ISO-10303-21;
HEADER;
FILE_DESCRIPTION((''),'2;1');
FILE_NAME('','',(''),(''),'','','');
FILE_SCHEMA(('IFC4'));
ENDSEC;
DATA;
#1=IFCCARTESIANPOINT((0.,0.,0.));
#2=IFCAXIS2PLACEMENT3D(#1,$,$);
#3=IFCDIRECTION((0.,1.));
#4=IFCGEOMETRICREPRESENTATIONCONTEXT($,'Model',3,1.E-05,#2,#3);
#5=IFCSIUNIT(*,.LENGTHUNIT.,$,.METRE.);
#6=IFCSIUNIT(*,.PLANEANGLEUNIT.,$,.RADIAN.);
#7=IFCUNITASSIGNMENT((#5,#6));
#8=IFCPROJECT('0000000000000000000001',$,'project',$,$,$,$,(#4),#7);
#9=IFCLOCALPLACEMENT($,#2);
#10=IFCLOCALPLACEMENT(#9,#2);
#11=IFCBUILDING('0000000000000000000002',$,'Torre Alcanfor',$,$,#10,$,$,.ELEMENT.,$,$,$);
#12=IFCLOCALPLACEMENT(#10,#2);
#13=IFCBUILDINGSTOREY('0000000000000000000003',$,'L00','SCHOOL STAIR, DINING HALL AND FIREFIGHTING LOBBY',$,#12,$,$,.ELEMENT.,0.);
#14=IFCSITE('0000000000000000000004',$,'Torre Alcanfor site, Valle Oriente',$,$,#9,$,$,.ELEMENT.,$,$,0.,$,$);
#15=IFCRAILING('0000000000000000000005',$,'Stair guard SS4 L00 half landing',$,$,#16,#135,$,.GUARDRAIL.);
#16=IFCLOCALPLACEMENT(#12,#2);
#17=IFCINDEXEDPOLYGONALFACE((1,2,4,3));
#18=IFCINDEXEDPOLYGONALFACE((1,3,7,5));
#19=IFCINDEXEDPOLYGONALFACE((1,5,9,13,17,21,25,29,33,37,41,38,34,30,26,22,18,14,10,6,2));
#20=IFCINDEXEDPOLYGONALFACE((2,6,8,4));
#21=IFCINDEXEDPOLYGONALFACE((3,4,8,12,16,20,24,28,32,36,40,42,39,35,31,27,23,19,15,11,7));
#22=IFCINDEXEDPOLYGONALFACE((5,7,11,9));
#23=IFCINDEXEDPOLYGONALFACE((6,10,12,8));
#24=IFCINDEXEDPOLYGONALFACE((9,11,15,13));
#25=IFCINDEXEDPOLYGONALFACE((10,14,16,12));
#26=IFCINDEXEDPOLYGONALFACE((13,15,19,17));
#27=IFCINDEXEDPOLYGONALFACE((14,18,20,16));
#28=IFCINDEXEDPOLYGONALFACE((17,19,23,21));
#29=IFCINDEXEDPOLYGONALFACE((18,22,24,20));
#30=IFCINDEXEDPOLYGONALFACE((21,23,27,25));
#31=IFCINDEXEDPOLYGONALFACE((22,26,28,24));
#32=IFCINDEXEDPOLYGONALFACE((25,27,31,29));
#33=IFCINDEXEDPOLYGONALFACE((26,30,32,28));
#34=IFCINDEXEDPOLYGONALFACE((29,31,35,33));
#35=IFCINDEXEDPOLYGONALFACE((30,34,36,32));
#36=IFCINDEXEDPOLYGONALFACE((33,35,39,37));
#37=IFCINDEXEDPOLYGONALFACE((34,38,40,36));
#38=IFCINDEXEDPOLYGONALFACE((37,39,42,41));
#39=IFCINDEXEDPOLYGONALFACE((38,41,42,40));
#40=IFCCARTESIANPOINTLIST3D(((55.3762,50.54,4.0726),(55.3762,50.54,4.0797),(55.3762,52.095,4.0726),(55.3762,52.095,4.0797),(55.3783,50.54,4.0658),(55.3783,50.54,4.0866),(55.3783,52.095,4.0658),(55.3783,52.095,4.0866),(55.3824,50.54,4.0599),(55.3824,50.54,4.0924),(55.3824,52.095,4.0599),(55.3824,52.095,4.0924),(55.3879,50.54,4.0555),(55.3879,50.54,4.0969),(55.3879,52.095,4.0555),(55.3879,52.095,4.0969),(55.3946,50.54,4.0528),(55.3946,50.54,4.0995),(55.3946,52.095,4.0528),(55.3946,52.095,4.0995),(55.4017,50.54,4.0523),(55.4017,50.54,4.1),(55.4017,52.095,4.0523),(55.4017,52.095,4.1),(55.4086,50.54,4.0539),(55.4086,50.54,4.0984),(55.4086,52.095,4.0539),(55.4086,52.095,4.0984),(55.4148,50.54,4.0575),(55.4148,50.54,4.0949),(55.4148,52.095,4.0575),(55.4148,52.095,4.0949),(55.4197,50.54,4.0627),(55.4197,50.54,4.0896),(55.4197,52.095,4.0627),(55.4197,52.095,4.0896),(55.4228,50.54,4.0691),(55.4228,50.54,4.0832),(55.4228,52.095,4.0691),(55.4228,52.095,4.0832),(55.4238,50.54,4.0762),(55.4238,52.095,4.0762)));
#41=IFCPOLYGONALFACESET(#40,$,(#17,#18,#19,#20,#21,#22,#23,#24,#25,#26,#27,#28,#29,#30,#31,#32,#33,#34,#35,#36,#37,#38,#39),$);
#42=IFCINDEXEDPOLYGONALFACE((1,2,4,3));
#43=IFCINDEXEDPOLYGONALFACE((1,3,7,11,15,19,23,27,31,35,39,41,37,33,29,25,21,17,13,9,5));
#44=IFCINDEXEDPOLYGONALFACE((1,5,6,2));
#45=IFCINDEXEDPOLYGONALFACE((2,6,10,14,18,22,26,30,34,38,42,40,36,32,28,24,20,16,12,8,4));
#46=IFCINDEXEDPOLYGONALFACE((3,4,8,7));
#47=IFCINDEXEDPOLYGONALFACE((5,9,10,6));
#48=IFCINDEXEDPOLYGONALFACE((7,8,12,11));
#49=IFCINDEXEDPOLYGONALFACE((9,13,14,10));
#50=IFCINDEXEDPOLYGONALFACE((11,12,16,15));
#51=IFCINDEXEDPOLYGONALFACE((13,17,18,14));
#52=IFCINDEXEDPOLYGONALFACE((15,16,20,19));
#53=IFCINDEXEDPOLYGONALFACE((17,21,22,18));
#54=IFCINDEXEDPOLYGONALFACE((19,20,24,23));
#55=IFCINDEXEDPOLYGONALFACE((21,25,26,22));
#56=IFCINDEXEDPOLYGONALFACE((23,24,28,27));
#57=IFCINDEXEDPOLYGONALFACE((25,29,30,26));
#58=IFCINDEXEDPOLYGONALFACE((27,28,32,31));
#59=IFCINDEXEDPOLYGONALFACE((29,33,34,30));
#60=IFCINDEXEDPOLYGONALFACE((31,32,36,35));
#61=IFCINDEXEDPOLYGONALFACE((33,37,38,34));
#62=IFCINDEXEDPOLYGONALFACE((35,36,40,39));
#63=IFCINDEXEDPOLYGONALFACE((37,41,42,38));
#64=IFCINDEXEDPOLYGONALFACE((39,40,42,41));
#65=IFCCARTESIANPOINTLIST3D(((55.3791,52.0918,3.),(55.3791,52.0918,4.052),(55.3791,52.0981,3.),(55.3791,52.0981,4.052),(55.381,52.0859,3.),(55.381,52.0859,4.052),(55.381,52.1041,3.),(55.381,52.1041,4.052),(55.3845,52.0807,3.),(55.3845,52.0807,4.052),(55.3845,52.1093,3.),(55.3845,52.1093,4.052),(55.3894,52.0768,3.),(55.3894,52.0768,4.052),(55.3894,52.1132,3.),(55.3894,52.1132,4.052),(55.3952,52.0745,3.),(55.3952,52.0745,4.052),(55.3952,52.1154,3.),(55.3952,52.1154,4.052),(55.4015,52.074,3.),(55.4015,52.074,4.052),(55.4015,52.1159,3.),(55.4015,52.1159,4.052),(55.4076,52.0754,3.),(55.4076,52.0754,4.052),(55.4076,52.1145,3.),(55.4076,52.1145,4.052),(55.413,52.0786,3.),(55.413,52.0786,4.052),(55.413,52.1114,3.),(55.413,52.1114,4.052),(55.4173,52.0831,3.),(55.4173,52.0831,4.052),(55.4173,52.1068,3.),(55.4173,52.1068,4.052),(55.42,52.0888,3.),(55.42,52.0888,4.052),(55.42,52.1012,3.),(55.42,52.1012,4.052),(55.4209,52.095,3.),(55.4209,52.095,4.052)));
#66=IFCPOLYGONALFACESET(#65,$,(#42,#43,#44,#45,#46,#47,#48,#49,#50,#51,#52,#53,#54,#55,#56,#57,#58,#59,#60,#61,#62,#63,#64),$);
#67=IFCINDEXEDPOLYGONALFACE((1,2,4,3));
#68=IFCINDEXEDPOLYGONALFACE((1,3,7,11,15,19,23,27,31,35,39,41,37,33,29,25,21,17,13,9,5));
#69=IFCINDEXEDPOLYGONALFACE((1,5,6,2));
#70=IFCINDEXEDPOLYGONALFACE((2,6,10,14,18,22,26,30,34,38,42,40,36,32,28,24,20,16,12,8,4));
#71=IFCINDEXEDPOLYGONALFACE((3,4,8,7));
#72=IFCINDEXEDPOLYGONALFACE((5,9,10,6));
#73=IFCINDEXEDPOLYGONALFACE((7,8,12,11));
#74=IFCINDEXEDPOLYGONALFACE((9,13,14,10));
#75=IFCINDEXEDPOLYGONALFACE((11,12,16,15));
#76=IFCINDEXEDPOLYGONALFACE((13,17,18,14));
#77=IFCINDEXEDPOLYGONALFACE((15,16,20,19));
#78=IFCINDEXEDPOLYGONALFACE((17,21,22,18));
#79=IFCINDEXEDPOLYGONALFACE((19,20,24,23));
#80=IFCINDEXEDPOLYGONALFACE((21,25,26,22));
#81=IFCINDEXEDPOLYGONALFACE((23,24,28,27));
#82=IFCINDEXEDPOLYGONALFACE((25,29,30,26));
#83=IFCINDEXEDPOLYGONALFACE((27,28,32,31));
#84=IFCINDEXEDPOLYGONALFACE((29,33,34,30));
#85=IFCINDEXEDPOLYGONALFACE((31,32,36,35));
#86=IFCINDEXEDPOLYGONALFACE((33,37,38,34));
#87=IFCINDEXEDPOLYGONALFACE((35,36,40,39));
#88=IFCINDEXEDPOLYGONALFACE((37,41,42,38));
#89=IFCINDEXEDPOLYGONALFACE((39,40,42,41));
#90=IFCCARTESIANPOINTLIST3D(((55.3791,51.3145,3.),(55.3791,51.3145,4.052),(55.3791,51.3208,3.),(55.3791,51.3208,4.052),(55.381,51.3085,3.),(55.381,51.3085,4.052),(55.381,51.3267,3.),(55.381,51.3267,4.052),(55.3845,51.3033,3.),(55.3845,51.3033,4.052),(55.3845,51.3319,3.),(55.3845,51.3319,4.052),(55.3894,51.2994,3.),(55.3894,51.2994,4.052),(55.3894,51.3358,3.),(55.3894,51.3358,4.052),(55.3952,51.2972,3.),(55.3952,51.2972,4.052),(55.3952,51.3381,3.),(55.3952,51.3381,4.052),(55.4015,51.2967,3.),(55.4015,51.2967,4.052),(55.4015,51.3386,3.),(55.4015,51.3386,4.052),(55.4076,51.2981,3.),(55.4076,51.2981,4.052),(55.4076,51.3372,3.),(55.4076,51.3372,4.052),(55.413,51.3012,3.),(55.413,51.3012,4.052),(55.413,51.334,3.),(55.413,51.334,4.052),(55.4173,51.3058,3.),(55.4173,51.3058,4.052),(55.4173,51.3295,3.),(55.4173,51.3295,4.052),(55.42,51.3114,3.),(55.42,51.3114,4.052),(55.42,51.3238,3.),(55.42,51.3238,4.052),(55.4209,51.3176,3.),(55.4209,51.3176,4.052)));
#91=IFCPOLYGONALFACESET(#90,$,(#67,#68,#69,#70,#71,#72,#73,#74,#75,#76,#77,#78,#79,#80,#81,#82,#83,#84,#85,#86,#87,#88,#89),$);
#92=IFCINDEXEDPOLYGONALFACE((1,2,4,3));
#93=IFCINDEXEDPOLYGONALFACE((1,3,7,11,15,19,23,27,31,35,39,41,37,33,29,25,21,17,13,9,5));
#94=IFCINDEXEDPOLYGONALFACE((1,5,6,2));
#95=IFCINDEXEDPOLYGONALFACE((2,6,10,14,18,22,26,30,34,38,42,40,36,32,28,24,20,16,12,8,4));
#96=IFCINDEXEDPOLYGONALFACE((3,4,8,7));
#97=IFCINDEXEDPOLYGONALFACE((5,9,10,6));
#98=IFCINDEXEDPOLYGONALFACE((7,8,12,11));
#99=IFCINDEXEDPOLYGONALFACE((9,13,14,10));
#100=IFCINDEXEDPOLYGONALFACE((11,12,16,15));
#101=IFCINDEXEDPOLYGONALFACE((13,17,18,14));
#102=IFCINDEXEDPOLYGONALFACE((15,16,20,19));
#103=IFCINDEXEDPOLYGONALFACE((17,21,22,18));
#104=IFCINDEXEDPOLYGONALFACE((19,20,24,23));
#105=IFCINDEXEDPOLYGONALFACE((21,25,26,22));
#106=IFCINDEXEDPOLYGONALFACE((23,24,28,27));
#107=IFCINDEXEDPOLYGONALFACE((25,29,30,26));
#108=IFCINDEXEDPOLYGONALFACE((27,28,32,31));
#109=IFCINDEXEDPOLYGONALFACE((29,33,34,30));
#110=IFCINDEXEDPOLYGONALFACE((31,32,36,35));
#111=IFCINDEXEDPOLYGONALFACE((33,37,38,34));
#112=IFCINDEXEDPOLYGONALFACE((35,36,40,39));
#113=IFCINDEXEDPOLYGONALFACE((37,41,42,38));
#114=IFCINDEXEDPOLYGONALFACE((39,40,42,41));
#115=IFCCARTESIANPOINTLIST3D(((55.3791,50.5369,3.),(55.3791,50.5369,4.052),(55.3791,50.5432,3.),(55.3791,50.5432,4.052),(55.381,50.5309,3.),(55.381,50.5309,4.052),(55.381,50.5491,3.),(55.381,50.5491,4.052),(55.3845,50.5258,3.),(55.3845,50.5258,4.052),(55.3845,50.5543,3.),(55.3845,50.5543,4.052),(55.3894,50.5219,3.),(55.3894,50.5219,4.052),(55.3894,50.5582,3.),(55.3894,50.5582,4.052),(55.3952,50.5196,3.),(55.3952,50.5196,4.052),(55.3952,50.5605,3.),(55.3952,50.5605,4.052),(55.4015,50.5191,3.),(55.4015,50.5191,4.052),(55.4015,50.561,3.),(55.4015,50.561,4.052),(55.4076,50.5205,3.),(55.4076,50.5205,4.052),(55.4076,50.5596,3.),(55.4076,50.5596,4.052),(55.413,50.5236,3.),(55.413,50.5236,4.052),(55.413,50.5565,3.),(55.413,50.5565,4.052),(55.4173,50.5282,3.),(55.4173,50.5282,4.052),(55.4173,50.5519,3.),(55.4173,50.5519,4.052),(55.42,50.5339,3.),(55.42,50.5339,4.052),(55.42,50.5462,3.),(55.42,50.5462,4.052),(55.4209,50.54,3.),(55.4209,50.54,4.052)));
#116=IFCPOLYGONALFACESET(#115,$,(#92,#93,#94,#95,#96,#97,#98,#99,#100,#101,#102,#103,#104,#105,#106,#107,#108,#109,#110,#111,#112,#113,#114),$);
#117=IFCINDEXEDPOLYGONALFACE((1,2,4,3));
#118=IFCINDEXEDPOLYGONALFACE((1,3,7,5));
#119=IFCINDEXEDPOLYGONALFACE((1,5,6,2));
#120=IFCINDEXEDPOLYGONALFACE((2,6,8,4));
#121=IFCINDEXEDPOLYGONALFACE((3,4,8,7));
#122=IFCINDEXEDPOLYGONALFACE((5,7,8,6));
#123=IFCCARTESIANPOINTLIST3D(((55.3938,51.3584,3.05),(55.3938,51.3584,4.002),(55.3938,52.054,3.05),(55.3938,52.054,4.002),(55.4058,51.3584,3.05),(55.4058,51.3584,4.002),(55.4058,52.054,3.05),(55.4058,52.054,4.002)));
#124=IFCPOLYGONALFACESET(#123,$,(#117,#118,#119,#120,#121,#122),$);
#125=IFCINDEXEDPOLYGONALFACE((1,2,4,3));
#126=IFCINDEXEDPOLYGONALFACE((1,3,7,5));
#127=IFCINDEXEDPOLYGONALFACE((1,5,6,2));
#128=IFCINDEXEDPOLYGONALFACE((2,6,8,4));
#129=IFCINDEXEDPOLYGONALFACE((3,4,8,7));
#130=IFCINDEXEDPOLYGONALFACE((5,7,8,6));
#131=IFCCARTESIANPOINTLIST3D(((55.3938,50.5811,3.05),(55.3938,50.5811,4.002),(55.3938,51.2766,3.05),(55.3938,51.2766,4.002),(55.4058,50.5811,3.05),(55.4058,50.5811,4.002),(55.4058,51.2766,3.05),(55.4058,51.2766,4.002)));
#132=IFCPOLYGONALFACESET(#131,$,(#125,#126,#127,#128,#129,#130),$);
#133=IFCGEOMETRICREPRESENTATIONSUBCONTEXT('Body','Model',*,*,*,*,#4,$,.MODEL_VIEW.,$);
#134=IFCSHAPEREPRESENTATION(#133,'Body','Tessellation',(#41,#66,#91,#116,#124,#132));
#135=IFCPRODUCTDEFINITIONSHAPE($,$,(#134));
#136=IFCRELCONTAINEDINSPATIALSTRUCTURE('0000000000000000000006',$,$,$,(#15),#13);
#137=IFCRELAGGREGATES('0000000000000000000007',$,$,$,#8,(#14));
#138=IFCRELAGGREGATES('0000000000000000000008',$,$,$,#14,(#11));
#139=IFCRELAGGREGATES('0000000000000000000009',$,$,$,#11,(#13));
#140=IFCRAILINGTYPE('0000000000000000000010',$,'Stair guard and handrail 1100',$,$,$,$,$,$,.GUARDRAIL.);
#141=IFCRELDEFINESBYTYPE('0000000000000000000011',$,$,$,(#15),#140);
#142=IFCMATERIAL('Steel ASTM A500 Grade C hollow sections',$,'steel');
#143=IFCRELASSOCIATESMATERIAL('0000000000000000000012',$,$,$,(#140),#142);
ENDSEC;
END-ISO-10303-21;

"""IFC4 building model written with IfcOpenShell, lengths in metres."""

from ifc_helpers import new_model, si_unit, direction, frame, origin, origin_2d, place, context, subcontext, project, spatial, polyline, circle, outline, extrude, material, type_object, element, save


model = new_model("IFC4")

# Units and contexts
model_context = context("Model", 3, precision=1e-05, world=origin(), true_north=direction((0.0, 1.0)))
body_context = subcontext(model_context, "Body", "Model", "MODEL_VIEW")
ifc_project = project(units=[si_unit("LENGTHUNIT", "METRE"), si_unit("PLANEANGLEUNIT", "RADIAN")], contexts=[model_context])

# Site, building, storey
site_placement = place(None, origin())
site = spatial("IfcSite", under=ifc_project, at=site_placement, Name="Torre Alcanfor site, Valle Oriente", CompositionType="ELEMENT", RefElevation=0.0)
building_placement = place(site_placement, origin())
building = spatial("IfcBuilding", under=site, at=building_placement, Name="Torre Alcanfor", CompositionType="ELEMENT")
storey_placement = place(building_placement, origin())
storey = spatial("IfcBuildingStorey", under=building, at=storey_placement, Name="L00", Description="SCHOOL STAIR, DINING HALL AND FIREFIGHTING LOBBY", CompositionType="ELEMENT", Elevation=0.0)

# Railing
ifc_material_1 = material(Name="Steel ASTM A500 Grade C hollow sections", Category="steel")
railing_type_1 = type_object("IfcRailingType", Name="Stair guard and handrail 1100", PredefinedType="GUARDRAIL", material=ifc_material_1)
railing_1_placement = place(storey_placement, frame((55.3999, 52.095, 3.0)))
element("IfcRailing", 1, at=railing_1_placement, inside=storey, type_object=railing_type_1, Name="Stair guard SS4 L00 half landing", PredefinedType="GUARDRAIL", context=body_context, shape_type="SweptSolid", body=[
    extrude(circle(Radius=0.0239, at=origin_2d()), frame((0.0, 0.0, 1.0762), z_axis=(0.0, -1.0, 0.0), x_axis=(1.0, 0.0, 0.0)), (0.0, 0.0, 1.0), 1.5549),
    extrude(circle(Radius=0.021, at=origin_2d()), origin(), (0.0, 0.0, 1.0), 1.052),
    extrude(circle(Radius=0.021, at=origin_2d()), frame((0.0, -0.7773, 0.0)), (0.0, 0.0, 1.0), 1.052),
    extrude(circle(Radius=0.021, at=origin_2d()), frame((0.0, -1.5549, 0.0)), (0.0, 0.0, 1.0), 1.052),
    extrude(outline(polyline([(0.041, 0.05), (0.7366, 0.05), (0.7366, 1.002), (0.041, 1.002), (0.041, 0.05)])), frame((0.0059, 0.0, 0.0), z_axis=(-1.0, 0.0, 0.0), x_axis=(0.0, -1.0, 0.0)), (0.0, 0.0, 1.0), 0.012),
    extrude(outline(polyline([(0.8184, 0.05), (1.5139, 0.05), (1.5139, 1.002), (0.8184, 1.002), (0.8184, 0.05)])), frame((0.0059, 0.0, 0.0), z_axis=(-1.0, 0.0, 0.0), x_axis=(0.0, -1.0, 0.0)), (0.0, 0.0, 1.0), 0.012),
])

save(model, "model.ifc")
